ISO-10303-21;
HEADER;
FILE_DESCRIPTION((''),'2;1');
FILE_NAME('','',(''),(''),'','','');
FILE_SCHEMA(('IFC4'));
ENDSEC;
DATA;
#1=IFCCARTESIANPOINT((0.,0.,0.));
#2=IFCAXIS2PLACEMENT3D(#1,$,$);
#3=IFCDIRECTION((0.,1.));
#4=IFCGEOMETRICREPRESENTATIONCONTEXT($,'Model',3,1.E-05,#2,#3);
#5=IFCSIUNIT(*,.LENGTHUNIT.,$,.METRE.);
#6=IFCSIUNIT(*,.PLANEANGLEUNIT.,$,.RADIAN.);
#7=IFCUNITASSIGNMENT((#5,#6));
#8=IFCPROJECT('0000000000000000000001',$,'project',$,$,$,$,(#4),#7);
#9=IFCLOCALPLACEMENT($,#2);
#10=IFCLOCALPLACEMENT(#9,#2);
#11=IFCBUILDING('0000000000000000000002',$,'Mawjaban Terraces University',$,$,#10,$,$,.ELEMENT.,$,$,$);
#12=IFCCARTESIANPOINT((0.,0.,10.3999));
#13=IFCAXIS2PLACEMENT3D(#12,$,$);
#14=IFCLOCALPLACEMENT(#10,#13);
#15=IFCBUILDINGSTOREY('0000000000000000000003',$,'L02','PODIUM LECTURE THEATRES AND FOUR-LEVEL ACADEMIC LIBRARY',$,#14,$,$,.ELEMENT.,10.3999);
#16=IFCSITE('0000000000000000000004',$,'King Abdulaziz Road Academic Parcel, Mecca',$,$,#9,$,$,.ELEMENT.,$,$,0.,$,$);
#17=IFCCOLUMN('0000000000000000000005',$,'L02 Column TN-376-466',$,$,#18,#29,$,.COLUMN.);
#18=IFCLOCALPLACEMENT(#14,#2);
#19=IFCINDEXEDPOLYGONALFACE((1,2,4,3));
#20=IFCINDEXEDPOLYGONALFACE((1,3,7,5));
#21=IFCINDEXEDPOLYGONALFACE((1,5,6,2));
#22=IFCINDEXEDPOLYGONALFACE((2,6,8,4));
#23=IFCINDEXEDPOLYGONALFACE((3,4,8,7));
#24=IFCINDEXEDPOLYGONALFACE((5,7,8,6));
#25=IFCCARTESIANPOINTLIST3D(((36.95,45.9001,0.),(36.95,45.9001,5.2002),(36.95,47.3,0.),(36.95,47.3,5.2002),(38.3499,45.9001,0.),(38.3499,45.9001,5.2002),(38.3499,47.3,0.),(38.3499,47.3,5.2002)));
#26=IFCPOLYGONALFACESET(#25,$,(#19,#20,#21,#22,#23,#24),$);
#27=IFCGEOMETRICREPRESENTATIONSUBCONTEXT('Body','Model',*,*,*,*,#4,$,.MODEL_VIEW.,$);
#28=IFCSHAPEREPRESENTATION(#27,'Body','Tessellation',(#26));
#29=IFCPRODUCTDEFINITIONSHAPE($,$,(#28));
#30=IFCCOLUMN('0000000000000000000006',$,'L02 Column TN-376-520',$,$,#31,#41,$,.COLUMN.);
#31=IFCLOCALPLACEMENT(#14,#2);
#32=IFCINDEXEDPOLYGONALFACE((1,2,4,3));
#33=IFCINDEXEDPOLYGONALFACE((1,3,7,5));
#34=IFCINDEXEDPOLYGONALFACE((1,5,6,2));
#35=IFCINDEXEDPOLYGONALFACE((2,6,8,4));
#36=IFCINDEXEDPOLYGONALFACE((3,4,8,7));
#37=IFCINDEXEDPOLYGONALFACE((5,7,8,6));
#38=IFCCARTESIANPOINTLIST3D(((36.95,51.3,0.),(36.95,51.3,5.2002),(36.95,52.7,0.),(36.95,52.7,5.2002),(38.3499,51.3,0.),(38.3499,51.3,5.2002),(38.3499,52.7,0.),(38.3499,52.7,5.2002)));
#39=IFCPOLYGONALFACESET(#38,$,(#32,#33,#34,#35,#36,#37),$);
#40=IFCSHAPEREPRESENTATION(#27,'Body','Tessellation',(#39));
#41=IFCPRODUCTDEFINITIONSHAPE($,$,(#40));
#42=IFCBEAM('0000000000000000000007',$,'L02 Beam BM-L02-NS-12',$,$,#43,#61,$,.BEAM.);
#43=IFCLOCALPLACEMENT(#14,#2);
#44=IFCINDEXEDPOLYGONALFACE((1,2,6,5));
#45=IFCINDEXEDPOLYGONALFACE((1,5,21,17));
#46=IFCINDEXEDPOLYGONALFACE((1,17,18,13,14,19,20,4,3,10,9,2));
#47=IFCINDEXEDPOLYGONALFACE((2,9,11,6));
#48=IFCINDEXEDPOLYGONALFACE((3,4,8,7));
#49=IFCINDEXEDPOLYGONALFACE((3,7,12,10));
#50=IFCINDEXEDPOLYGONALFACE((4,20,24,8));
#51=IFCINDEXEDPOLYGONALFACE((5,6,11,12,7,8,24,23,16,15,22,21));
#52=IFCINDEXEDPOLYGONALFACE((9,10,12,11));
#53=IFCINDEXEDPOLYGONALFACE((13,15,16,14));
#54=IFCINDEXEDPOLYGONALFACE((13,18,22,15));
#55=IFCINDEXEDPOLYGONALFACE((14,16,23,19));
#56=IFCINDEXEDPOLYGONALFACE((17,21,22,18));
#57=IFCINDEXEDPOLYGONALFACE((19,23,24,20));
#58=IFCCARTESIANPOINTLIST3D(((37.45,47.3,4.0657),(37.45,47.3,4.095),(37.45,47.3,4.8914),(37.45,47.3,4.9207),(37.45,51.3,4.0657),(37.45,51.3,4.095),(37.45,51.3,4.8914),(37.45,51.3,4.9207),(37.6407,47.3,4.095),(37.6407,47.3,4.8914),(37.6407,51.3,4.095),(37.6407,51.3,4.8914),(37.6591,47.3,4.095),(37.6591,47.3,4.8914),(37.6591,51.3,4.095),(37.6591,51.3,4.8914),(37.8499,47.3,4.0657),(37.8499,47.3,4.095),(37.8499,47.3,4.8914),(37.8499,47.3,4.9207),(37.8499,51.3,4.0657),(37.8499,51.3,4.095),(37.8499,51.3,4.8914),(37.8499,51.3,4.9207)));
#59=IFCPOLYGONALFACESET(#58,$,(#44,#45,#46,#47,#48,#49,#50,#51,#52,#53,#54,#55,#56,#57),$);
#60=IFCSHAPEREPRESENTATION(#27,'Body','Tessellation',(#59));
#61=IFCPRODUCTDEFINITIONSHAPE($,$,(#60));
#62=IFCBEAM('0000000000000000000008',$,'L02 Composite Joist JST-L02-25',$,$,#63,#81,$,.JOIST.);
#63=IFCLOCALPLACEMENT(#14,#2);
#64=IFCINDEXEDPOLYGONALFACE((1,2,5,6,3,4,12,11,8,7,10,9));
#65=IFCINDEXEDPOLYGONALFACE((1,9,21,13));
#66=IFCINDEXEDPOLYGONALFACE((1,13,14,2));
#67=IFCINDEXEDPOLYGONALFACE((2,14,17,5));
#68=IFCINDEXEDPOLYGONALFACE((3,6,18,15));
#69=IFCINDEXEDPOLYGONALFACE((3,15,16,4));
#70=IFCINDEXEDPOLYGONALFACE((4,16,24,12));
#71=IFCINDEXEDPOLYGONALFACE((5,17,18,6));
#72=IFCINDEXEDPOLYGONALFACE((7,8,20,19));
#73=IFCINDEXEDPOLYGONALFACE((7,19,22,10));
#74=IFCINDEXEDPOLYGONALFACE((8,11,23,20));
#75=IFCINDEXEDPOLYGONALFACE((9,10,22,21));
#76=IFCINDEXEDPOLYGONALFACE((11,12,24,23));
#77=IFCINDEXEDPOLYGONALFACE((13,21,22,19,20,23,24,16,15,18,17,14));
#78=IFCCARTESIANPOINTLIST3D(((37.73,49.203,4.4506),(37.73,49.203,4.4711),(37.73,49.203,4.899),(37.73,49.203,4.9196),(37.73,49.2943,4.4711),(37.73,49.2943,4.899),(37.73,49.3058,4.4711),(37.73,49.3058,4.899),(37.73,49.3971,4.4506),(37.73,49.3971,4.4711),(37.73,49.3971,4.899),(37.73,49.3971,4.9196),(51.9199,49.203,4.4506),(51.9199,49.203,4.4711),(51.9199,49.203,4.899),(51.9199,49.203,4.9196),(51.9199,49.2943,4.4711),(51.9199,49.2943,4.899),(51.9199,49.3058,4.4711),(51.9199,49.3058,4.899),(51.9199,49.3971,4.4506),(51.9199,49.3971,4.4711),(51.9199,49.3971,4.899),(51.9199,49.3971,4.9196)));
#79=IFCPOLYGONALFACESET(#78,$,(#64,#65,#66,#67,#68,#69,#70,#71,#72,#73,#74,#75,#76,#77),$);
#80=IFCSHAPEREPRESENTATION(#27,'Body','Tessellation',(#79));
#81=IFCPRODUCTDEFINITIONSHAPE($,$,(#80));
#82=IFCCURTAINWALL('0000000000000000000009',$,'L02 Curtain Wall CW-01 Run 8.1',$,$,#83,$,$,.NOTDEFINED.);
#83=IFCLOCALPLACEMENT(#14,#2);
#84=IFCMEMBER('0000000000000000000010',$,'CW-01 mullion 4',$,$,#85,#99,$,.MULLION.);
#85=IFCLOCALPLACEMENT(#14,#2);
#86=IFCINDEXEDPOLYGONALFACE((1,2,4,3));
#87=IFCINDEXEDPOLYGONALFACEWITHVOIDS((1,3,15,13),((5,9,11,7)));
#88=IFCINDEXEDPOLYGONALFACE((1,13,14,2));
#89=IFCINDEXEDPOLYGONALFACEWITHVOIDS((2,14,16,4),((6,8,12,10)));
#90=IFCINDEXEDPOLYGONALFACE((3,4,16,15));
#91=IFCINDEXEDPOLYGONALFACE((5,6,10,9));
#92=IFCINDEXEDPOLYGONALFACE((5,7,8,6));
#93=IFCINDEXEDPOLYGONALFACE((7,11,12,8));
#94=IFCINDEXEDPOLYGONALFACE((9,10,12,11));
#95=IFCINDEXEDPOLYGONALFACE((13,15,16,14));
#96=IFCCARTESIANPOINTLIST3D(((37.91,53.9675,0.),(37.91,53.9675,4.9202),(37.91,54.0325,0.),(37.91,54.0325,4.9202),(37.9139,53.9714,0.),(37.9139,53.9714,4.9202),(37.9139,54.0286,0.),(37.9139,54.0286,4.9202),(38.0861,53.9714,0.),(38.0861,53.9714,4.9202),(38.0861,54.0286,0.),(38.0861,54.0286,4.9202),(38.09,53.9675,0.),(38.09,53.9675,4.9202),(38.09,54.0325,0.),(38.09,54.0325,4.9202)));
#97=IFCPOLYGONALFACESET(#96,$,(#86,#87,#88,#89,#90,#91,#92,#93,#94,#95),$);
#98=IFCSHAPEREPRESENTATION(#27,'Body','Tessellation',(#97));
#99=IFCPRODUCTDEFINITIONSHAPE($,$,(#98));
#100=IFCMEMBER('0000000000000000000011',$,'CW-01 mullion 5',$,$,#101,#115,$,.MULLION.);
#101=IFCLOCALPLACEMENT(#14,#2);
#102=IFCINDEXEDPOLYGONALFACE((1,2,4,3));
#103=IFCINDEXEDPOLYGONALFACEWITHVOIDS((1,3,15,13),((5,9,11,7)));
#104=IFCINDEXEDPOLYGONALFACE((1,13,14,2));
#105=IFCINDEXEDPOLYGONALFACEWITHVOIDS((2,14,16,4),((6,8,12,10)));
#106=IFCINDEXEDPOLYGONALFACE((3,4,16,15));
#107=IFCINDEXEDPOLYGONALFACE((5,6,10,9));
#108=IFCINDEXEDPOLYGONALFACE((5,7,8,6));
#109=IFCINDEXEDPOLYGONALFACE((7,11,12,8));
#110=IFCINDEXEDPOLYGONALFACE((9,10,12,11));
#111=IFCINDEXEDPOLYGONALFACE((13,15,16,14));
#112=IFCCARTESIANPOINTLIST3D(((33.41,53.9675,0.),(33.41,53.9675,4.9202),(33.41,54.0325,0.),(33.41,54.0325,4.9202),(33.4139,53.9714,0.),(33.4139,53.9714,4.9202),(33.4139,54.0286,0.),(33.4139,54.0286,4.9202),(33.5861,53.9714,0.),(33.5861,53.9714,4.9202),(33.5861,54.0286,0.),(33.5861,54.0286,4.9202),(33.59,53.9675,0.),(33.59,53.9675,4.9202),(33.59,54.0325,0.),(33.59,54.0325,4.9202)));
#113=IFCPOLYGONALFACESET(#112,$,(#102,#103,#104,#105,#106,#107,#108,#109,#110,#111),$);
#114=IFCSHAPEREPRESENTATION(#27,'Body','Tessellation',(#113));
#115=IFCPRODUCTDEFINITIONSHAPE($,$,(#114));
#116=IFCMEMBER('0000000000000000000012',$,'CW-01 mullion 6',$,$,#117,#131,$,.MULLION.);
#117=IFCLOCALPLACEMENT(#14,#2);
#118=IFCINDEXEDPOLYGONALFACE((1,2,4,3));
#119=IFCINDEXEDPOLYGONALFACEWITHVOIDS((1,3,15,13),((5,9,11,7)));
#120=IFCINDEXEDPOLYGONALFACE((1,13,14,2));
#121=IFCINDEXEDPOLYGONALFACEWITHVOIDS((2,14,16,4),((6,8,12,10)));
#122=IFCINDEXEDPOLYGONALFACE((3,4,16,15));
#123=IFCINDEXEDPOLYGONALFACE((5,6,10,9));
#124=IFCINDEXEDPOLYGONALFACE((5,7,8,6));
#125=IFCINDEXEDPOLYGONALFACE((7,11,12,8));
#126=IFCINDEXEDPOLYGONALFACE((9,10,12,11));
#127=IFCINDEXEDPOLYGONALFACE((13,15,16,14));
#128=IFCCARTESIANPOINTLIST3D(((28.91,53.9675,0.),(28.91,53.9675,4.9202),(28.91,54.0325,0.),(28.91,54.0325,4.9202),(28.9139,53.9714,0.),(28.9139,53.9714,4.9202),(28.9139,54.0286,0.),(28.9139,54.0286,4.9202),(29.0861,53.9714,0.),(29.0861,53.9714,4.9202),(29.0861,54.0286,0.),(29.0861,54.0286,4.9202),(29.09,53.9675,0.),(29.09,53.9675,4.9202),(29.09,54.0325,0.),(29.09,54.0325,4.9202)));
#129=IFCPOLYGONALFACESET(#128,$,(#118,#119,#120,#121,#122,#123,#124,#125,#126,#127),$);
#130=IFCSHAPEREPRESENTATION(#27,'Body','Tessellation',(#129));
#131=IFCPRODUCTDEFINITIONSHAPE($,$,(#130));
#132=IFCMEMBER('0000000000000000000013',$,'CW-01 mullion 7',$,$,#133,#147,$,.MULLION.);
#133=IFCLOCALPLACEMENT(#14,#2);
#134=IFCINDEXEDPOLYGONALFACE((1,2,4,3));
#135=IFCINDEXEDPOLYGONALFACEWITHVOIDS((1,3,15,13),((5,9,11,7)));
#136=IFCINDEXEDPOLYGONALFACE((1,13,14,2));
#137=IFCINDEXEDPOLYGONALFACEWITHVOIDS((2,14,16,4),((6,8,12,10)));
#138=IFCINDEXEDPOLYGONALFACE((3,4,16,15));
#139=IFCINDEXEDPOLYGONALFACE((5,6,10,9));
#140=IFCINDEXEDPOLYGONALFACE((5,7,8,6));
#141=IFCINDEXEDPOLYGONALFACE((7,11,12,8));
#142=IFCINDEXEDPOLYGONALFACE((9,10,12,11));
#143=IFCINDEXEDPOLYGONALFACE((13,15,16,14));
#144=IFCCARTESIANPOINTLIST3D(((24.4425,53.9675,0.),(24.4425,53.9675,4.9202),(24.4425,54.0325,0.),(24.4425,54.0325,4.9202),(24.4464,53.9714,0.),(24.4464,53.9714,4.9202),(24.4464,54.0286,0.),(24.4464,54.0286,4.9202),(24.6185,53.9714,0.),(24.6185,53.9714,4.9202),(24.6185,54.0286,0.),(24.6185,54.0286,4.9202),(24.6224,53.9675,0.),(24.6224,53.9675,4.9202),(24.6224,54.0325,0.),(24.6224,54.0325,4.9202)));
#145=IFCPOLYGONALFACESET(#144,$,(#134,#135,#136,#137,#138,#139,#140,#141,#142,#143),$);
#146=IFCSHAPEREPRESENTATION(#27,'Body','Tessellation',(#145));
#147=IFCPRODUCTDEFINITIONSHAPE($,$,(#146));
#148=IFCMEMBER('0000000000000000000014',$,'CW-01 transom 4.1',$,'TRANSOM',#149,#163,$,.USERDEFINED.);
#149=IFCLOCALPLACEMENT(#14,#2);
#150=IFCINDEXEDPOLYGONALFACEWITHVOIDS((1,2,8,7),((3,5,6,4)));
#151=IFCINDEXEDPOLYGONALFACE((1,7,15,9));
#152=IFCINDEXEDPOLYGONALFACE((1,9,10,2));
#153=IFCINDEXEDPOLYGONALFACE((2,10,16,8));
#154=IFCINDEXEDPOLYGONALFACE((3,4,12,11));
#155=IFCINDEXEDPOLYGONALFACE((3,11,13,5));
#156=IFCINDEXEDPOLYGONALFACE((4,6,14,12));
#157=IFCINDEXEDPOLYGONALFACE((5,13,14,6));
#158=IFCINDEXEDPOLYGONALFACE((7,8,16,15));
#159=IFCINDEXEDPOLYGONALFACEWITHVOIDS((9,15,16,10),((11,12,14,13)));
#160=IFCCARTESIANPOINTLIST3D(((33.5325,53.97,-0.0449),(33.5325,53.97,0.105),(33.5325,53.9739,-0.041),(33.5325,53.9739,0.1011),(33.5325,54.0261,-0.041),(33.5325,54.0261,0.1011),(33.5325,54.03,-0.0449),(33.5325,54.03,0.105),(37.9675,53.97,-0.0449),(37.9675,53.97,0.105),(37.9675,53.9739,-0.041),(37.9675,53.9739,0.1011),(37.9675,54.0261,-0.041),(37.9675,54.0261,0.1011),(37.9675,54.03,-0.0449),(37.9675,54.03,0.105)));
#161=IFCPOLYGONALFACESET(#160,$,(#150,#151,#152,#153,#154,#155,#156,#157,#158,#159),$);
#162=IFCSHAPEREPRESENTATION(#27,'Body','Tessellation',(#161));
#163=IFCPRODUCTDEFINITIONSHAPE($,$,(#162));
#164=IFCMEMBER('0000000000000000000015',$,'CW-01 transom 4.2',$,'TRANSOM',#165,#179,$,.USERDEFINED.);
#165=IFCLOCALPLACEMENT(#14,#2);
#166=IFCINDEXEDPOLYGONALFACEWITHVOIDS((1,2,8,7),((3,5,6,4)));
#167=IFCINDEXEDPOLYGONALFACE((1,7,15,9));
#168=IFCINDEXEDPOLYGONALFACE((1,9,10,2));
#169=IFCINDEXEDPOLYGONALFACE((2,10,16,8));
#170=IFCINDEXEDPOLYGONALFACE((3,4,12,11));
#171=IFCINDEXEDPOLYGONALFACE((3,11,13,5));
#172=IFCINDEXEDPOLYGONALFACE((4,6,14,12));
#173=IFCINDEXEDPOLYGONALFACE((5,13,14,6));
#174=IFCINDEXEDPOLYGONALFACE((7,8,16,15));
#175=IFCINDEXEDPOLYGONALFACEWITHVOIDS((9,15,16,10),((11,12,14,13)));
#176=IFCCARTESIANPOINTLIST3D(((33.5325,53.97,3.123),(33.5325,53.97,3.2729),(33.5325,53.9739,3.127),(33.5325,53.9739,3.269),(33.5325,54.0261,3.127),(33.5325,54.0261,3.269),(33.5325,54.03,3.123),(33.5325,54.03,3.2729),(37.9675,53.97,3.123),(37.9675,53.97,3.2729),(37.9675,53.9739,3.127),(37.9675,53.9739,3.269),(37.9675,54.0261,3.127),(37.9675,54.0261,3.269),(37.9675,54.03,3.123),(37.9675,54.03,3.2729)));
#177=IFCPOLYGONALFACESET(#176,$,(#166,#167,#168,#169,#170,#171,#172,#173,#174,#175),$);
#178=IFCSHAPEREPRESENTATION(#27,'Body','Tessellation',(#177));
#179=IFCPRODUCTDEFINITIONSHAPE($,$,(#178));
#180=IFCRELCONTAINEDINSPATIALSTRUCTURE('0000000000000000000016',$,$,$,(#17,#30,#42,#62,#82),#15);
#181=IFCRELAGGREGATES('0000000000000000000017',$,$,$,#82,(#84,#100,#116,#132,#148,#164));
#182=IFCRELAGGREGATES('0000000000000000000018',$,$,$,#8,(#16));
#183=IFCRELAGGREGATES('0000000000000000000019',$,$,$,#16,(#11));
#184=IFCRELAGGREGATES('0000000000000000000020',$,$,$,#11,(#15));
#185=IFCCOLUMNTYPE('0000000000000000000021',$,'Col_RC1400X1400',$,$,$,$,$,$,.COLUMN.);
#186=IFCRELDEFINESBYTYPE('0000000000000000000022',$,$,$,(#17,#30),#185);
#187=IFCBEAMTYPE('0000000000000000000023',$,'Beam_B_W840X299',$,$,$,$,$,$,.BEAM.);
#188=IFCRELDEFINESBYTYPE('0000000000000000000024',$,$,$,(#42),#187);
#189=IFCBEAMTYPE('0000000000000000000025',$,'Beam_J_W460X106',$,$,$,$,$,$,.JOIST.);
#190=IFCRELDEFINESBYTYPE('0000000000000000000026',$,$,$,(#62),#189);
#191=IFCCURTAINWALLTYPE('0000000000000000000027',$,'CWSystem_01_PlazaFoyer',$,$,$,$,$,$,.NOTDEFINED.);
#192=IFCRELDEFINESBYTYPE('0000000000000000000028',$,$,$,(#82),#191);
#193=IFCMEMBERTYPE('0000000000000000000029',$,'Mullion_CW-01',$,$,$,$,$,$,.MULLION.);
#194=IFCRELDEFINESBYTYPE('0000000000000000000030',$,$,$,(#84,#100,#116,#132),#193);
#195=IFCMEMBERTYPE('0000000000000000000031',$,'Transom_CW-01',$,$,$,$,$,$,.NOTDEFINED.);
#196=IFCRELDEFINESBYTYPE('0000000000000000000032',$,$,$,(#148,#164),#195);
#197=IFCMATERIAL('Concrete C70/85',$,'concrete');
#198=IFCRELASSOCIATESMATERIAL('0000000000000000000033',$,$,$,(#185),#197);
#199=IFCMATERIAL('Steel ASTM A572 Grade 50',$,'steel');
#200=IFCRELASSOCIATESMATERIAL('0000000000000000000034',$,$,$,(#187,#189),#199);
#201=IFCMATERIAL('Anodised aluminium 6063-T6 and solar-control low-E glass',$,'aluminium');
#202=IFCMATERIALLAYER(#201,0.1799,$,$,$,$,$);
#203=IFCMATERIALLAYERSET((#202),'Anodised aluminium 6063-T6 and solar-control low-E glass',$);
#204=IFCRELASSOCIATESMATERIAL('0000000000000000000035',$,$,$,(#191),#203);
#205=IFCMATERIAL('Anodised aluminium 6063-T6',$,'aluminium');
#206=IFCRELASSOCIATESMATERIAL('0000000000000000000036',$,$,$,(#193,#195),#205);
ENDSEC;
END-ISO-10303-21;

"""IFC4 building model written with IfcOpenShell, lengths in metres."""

from ifc_helpers import new_model, si_unit, direction, frame, origin, origin_2d, place, context, subcontext, project, spatial, rectangle, hollow_rectangle, i_section, extrude, material, layer, layer_set, material_profile, profile_set, type_object, element, aggregate, save


model = new_model("IFC4")

# Units and contexts
model_context = context("Model", 3, precision=1e-05, world=origin(), true_north=direction((0.0, 1.0)))
body_context = subcontext(model_context, "Body", "Model", "MODEL_VIEW")
ifc_project = project(units=[si_unit("LENGTHUNIT", "METRE"), si_unit("PLANEANGLEUNIT", "RADIAN")], contexts=[model_context])

# Site, building, storey
site_placement = place(None, origin())
site = spatial("IfcSite", under=ifc_project, at=site_placement, Name="King Abdulaziz Road Academic Parcel, Mecca", CompositionType="ELEMENT", RefElevation=0.0)
building_placement = place(site_placement, origin())
building = spatial("IfcBuilding", under=site, at=building_placement, Name="Mawjaban Terraces University", CompositionType="ELEMENT")
storey_placement = place(building_placement, frame((0.0, 0.0, 10.3999)))
storey = spatial("IfcBuildingStorey", under=building, at=storey_placement, Name="L02", Description="PODIUM LECTURE THEATRES AND FOUR-LEVEL ACADEMIC LIBRARY", CompositionType="ELEMENT", Elevation=10.3999)

# Columns
ifc_material_1 = material(Name="Concrete C70/85", Category="concrete")
ifc_material_profile_1 = material_profile(ifc_material_1, rectangle(XDim=1.3999, YDim=1.3999, at=origin_2d()), Name="RC1400X1400")
ifc_profile_set_1 = profile_set([ifc_material_profile_1], Name="Concrete C70/85")
column_type = type_object("IfcColumnType", Name="Col_RC1400X1400", PredefinedType="COLUMN", material=ifc_profile_set_1)
for number, where, z_axis, x_axis, name in (
    (1, (37.6499, 46.6001, 0.0), (0.0, 0.0, 1.0), (1.0, 0.0, 0.0), "L02 Column TN-376-466"),
    (2, (37.6499, 52.0, 0.0), (0.0, 0.0, 1.0), (1.0, 0.0, 0.0), "L02 Column TN-376-520"),
):
    element("IfcColumn", number, at=place(storey_placement, frame(where, z_axis=z_axis, x_axis=x_axis)), inside=storey, type_object=column_type, Name=name, PredefinedType="COLUMN", context=body_context, shape_type="SweptSolid", body=[
        extrude(rectangle(XDim=1.3999, YDim=1.3999, at=origin_2d()), origin(), (0.0, 0.0, 1.0), 5.2002),
    ])

# Beams
ifc_material_2 = material(Name="Steel ASTM A572 Grade 50", Category="steel")
ifc_material_profile_2 = material_profile(ifc_material_2, i_section(OverallWidth=0.3999, OverallDepth=0.855, WebThickness=0.0183, FlangeThickness=0.0293, at=origin_2d()), Name="W840X299")
ifc_profile_set_2 = profile_set([ifc_material_profile_2], Name="Steel ASTM A572 Grade 50")
beam_type_1 = type_object("IfcBeamType", Name="Beam_B_W840X299", PredefinedType="BEAM", material=ifc_profile_set_2)
beam_1_placement = place(storey_placement, frame((37.6499, 47.3, 4.4932), z_axis=(0.0, 1.0, 0.0), x_axis=(-1.0, 0.0, 0.0)))
element("IfcBeam", 3, at=beam_1_placement, inside=storey, type_object=beam_type_1, Name="L02 Beam BM-L02-NS-12", PredefinedType="BEAM", context=body_context, shape_type="SweptSolid", body=[
    extrude(i_section(OverallWidth=0.3999, OverallDepth=0.855, WebThickness=0.0183, FlangeThickness=0.0293, at=origin_2d()), origin(), (0.0, 0.0, 1.0), 4.0),
])
ifc_material_profile_3 = material_profile(ifc_material_2, i_section(OverallWidth=0.1941, OverallDepth=0.469, WebThickness=0.0115, FlangeThickness=0.0205, at=origin_2d()), Name="W460X106")
ifc_profile_set_3 = profile_set([ifc_material_profile_3], Name="Steel ASTM A572 Grade 50")
beam_type_2 = type_object("IfcBeamType", Name="Beam_J_W460X106", PredefinedType="JOIST", material=ifc_profile_set_3)
beam_2_placement = place(storey_placement, frame((37.73, 49.3, 4.6851), z_axis=(1.0, 0.0, 0.0), x_axis=(0.0, 1.0, 0.0)))
element("IfcBeam", 4, at=beam_2_placement, inside=storey, type_object=beam_type_2, Name="L02 Composite Joist JST-L02-25", PredefinedType="JOIST", context=body_context, shape_type="SweptSolid", body=[
    extrude(i_section(OverallWidth=0.1941, OverallDepth=0.469, WebThickness=0.0115, FlangeThickness=0.0205, at=origin_2d()), origin(), (0.0, 0.0, 1.0), 14.1899),
])

# Curtain wall, members
ifc_material_3 = material(Name="Anodised aluminium 6063-T6 and solar-control low-E glass", Category="aluminium")
ifc_layer_1 = layer(ifc_material_3, 0.1799)
ifc_layer_set_1 = layer_set([ifc_layer_1], Name="Anodised aluminium 6063-T6 and solar-control low-E glass")
curtain_wall_type = type_object("IfcCurtainWallType", Name="CWSystem_01_PlazaFoyer", PredefinedType="NOTDEFINED", material=ifc_layer_set_1)
curtain_wall_placement = place(storey_placement, origin())
curtain_wall = element("IfcCurtainWall", 5, at=curtain_wall_placement, inside=storey, type_object=curtain_wall_type, Name="L02 Curtain Wall CW-01 Run 8.1", PredefinedType="NOTDEFINED")
ifc_material_4 = material(Name="Anodised aluminium 6063-T6", Category="aluminium")
ifc_material_profile_4 = material_profile(ifc_material_4, hollow_rectangle(XDim=0.0649, YDim=0.1799, WallThickness=0.0039, at=origin_2d()), Name="ALU180X65X4")
ifc_profile_set_4 = profile_set([ifc_material_profile_4], Name="Anodised aluminium 6063-T6")
member_type_1 = type_object("IfcMemberType", Name="Mullion_CW-01", PredefinedType="MULLION", material=ifc_profile_set_4)
member_1_placement = place(storey_placement, frame((38.0, 54.0, 0.0), z_axis=(0.0, 0.0, 1.0), x_axis=(0.0, -1.0, 0.0)))
member_1 = element("IfcMember", 6, at=member_1_placement, type_object=member_type_1, Name="CW-01 mullion 4", PredefinedType="MULLION", context=body_context, shape_type="SweptSolid", body=[
    extrude(hollow_rectangle(XDim=0.0649, YDim=0.1799, WallThickness=0.0039, at=origin_2d()), origin(), (0.0, 0.0, 1.0), 4.9202),
])
member_2_placement = place(storey_placement, frame((33.5, 54.0, 0.0), z_axis=(0.0, 0.0, 1.0), x_axis=(0.0, -1.0, 0.0)))
member_2 = element("IfcMember", 7, at=member_2_placement, type_object=member_type_1, Name="CW-01 mullion 5", PredefinedType="MULLION", context=body_context, shape_type="SweptSolid", body=[
    extrude(hollow_rectangle(XDim=0.0649, YDim=0.1799, WallThickness=0.0039, at=origin_2d()), origin(), (0.0, 0.0, 1.0), 4.9202),
])
member_3_placement = place(storey_placement, frame((29.0, 54.0, 0.0), z_axis=(0.0, 0.0, 1.0), x_axis=(0.0, -1.0, 0.0)))
member_3 = element("IfcMember", 8, at=member_3_placement, type_object=member_type_1, Name="CW-01 mullion 6", PredefinedType="MULLION", context=body_context, shape_type="SweptSolid", body=[
    extrude(hollow_rectangle(XDim=0.0649, YDim=0.1799, WallThickness=0.0039, at=origin_2d()), origin(), (0.0, 0.0, 1.0), 4.9202),
])
member_4_placement = place(storey_placement, frame((24.5325, 54.0, 0.0), z_axis=(0.0, 0.0, 1.0), x_axis=(0.0, -1.0, 0.0)))
member_4 = element("IfcMember", 9, at=member_4_placement, type_object=member_type_1, Name="CW-01 mullion 7", PredefinedType="MULLION", context=body_context, shape_type="SweptSolid", body=[
    extrude(hollow_rectangle(XDim=0.0649, YDim=0.1799, WallThickness=0.0039, at=origin_2d()), origin(), (0.0, 0.0, 1.0), 4.9202),
])
ifc_material_profile_5 = material_profile(ifc_material_4, hollow_rectangle(XDim=0.0601, YDim=0.1499, WallThickness=0.0039, at=origin_2d()), Name="ALU150X60X4")
ifc_profile_set_5 = profile_set([ifc_material_profile_5], Name="Anodised aluminium 6063-T6")
member_type_2 = type_object("IfcMemberType", Name="Transom_CW-01", PredefinedType="NOTDEFINED", material=ifc_profile_set_5)
member_5_placement = place(storey_placement, frame((37.9675, 54.0, 0.03), z_axis=(-1.0, 0.0, 0.0), x_axis=(0.0, -1.0, 0.0)))
member_5 = element("IfcMember", 10, at=member_5_placement, type_object=member_type_2, Name="CW-01 transom 4.1", ObjectType="TRANSOM", PredefinedType="USERDEFINED", context=body_context, shape_type="SweptSolid", body=[
    extrude(hollow_rectangle(XDim=0.0601, YDim=0.1499, WallThickness=0.0039, at=origin_2d()), origin(), (0.0, 0.0, 1.0), 4.4351),
])
member_6_placement = place(storey_placement, frame((37.9675, 54.0, 3.198), z_axis=(-1.0, 0.0, 0.0), x_axis=(0.0, -1.0, 0.0)))
member_6 = element("IfcMember", 11, at=member_6_placement, type_object=member_type_2, Name="CW-01 transom 4.2", ObjectType="TRANSOM", PredefinedType="USERDEFINED", context=body_context, shape_type="SweptSolid", body=[
    extrude(hollow_rectangle(XDim=0.0601, YDim=0.1499, WallThickness=0.0039, at=origin_2d()), origin(), (0.0, 0.0, 1.0), 4.4351),
])
aggregate(curtain_wall, [member_1, member_2, member_3, member_4, member_5, member_6])

save(model, "model.ifc")
